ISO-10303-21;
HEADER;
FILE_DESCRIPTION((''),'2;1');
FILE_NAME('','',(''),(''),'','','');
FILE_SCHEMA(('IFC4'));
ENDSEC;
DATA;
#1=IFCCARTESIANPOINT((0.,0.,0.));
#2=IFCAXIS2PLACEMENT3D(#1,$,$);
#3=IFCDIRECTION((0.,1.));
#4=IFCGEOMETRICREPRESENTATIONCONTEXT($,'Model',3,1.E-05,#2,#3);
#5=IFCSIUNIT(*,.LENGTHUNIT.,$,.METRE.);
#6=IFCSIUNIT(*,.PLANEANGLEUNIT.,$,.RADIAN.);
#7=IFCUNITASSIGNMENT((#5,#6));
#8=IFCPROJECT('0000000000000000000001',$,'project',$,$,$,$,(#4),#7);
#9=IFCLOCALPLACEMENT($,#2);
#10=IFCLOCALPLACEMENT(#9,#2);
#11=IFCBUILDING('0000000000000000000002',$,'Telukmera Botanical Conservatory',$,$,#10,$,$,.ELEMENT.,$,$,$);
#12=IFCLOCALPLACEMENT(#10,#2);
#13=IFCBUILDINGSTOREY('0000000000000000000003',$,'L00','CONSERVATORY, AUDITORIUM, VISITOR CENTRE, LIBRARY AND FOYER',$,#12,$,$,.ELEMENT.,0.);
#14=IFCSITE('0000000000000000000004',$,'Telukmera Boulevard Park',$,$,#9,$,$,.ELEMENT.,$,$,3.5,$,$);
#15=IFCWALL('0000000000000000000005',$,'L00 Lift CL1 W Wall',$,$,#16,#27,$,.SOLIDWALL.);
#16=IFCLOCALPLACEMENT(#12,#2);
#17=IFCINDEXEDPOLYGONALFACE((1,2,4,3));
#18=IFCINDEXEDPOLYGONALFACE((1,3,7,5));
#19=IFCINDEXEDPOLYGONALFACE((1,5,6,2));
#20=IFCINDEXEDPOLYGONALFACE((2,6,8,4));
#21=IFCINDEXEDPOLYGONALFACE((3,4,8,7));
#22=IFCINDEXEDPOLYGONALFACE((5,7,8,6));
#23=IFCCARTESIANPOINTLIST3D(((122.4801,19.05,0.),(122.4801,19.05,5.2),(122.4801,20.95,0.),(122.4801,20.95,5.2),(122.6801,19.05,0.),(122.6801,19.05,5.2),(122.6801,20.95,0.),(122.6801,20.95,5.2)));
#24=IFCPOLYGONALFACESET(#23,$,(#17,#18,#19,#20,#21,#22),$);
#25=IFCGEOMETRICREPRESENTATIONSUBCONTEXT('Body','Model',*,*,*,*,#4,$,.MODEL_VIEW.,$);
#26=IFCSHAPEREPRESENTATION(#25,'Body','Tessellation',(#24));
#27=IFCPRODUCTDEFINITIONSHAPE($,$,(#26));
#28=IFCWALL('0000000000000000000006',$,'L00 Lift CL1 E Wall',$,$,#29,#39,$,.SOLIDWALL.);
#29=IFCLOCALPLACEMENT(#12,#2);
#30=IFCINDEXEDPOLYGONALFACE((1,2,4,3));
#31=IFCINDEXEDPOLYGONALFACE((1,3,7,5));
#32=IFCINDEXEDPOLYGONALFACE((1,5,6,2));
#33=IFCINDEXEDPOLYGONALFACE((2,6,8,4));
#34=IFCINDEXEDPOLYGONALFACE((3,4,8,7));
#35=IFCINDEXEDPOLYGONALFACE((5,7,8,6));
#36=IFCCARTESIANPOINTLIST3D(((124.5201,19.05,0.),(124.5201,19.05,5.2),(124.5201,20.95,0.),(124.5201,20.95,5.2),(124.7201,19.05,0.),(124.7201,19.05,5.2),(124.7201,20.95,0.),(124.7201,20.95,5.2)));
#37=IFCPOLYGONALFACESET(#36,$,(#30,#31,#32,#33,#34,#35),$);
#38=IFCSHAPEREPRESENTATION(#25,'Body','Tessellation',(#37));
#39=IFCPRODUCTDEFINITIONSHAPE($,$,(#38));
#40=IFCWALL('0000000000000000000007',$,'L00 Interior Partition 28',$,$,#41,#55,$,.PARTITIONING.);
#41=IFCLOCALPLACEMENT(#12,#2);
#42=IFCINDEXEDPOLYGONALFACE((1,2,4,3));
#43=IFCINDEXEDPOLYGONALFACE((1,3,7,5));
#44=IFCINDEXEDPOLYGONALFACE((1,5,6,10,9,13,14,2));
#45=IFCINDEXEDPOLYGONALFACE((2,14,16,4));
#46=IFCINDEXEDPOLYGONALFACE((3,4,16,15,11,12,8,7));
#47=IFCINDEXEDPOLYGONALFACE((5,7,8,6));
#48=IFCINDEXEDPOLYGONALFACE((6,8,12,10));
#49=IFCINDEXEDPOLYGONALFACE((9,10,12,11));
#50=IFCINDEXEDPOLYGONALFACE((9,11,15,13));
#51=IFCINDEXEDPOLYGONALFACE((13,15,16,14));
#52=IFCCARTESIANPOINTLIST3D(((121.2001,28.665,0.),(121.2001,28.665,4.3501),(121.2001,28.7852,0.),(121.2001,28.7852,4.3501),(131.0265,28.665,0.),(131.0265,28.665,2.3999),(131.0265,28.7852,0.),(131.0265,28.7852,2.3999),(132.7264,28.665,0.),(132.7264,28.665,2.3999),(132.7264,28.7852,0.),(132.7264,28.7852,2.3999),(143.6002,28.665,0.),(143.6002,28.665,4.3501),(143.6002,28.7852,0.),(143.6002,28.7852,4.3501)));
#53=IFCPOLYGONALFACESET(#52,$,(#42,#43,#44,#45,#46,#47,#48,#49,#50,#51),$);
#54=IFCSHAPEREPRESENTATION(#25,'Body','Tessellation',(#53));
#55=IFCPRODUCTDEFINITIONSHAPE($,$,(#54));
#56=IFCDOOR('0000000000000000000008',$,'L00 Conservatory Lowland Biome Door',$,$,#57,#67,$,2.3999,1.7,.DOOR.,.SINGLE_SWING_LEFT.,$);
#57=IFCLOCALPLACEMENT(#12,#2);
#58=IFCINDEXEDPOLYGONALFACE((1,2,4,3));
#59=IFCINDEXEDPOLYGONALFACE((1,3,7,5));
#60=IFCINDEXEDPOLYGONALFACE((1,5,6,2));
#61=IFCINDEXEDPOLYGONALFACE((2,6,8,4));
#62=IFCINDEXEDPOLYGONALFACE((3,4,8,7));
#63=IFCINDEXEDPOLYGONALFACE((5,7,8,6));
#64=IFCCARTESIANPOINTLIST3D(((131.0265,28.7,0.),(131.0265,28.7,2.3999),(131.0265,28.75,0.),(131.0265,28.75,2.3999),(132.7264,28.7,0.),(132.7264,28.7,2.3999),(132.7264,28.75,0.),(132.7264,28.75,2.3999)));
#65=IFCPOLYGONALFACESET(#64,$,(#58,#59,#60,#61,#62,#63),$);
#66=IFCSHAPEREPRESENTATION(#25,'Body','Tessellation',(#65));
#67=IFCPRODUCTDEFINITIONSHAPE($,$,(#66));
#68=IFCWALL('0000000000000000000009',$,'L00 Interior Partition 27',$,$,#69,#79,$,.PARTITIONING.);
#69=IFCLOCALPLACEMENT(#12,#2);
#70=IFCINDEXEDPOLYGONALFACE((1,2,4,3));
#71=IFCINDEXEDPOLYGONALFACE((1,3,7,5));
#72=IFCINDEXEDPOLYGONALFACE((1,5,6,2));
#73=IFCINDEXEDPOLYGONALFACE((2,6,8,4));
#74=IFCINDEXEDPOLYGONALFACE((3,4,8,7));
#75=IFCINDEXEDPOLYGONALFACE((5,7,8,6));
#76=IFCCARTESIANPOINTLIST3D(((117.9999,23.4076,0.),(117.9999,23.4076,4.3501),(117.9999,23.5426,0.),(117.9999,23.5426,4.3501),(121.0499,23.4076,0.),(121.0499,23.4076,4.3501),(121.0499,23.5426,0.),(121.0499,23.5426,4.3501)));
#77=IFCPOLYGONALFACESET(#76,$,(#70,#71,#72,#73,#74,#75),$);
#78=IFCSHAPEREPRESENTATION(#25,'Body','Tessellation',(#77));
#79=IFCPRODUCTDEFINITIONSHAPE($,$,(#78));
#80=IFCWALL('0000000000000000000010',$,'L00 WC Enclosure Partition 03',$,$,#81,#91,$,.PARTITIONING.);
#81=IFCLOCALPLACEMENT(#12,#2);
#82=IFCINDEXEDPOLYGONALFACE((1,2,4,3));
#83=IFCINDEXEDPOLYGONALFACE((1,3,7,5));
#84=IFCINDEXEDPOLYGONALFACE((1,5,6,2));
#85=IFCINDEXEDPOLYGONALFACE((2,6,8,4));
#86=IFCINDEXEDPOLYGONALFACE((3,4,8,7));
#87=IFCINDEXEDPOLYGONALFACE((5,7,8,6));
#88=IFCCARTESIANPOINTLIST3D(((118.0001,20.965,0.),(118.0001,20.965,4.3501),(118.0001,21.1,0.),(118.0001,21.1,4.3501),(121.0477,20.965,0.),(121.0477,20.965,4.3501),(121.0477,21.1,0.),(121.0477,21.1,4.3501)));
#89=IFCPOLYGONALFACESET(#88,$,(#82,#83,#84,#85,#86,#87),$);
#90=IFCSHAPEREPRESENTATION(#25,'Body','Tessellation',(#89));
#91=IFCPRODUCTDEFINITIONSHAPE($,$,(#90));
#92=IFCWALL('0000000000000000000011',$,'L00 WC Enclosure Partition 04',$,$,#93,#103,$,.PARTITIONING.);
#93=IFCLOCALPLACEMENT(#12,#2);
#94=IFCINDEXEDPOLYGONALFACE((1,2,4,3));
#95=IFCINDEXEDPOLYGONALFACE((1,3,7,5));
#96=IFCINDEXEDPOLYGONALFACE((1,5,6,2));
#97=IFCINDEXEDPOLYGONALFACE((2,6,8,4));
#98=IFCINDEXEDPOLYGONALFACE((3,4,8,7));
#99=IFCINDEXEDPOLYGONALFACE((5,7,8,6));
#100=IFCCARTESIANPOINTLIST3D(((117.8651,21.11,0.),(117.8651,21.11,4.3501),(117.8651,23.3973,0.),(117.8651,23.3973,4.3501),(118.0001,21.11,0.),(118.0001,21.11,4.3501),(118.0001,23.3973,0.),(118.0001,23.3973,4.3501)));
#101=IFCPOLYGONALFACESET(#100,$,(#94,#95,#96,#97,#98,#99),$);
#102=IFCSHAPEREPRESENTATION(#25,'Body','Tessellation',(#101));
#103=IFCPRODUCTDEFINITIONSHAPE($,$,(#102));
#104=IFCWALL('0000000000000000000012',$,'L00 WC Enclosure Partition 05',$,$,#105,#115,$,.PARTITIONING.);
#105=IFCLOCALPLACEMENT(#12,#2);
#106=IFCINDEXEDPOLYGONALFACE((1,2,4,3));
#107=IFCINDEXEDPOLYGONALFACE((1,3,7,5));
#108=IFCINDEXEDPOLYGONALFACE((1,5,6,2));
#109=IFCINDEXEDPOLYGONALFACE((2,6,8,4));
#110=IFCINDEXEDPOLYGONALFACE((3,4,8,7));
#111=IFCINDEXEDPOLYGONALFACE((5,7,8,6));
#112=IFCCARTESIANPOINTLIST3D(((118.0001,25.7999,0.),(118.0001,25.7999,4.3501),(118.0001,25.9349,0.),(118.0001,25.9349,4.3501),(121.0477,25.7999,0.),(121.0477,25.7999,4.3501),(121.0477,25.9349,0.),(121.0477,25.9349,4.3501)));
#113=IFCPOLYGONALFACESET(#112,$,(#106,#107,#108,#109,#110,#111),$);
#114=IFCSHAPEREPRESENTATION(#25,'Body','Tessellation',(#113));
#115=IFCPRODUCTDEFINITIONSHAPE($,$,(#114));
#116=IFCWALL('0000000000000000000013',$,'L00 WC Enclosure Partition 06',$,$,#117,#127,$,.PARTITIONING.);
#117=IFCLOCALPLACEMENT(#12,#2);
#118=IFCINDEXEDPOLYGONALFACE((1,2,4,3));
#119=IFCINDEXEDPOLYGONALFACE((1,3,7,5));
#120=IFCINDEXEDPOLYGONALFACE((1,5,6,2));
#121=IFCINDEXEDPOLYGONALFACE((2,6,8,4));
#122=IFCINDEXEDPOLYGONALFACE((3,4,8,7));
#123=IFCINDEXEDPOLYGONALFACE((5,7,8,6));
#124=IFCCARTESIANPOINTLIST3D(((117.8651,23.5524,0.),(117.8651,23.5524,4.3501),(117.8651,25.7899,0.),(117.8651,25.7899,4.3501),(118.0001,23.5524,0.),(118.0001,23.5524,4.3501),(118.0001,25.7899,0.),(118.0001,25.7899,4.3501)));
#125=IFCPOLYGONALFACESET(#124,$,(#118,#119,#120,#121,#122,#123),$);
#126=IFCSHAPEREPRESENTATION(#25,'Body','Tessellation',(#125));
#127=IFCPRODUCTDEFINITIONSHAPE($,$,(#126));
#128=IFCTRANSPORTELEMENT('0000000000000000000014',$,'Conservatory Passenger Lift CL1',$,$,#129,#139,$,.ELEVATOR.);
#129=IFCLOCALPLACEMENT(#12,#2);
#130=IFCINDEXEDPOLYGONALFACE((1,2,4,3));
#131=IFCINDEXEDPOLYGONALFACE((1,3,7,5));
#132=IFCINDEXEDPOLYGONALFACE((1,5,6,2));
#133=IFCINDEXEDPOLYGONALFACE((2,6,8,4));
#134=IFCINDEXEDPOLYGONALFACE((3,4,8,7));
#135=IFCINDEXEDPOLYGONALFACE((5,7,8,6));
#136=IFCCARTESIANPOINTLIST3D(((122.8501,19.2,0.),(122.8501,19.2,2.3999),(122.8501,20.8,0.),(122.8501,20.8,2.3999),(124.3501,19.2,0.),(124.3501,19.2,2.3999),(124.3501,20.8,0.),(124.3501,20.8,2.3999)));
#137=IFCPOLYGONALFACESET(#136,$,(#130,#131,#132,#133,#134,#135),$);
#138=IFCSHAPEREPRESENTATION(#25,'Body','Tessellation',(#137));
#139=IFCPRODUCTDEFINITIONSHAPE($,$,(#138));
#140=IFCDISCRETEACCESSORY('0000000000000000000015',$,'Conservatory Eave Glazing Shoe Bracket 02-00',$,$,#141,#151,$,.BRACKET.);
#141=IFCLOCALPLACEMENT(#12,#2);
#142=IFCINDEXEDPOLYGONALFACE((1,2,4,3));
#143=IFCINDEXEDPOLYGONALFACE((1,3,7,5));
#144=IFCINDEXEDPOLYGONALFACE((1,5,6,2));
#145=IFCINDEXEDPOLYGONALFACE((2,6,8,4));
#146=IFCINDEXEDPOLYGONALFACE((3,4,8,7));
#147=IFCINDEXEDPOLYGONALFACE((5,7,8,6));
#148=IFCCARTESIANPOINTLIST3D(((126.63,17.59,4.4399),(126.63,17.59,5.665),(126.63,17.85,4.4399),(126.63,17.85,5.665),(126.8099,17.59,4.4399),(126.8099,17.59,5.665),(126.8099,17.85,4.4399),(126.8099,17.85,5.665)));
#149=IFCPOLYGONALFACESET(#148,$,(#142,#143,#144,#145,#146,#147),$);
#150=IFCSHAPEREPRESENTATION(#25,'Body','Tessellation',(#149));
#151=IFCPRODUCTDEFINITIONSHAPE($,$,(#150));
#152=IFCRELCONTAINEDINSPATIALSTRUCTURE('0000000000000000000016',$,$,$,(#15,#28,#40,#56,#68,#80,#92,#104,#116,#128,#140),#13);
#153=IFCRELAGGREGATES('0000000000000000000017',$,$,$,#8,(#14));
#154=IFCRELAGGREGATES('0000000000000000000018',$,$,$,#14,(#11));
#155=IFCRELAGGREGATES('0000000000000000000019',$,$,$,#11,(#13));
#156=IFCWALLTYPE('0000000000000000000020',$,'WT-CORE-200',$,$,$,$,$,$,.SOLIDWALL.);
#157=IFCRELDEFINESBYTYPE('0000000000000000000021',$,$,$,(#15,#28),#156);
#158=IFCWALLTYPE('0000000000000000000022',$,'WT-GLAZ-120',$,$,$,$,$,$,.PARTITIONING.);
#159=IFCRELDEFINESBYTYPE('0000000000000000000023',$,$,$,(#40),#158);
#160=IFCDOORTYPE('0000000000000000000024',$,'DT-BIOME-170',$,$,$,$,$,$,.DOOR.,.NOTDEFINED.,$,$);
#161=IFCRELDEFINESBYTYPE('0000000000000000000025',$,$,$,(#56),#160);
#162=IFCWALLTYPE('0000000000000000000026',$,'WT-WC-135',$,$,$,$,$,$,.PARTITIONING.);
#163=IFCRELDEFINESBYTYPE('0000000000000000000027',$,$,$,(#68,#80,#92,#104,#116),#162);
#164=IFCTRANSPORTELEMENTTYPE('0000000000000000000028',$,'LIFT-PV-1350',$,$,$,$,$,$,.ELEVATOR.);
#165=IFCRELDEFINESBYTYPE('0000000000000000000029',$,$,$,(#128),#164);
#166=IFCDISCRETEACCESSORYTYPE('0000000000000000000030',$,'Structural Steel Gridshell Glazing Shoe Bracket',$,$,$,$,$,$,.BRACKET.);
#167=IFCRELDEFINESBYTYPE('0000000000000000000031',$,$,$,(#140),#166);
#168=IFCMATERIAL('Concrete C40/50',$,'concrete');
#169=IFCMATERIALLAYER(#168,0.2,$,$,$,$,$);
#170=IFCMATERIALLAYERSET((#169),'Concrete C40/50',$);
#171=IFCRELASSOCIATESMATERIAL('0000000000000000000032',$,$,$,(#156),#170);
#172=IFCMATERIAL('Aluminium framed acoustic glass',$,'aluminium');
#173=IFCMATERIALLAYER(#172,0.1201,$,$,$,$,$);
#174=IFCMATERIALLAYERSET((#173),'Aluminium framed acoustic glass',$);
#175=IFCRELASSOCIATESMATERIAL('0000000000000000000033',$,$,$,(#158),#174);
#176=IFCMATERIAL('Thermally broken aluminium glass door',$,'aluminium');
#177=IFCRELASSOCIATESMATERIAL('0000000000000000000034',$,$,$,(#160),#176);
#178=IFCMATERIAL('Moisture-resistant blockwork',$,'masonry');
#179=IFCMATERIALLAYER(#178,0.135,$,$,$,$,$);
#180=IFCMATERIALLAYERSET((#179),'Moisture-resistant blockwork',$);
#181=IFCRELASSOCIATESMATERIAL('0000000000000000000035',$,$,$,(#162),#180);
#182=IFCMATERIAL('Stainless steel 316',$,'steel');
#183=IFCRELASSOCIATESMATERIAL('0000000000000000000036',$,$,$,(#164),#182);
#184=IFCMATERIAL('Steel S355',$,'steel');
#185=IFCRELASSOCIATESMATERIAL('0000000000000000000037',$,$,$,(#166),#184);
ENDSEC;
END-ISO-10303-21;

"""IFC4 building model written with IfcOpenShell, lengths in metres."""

from ifc_helpers import new_model, si_unit, direction, frame, frame_2d, origin, origin_2d, place, context, subcontext, project, spatial, rectangle, extrude, material, layer, layer_set, type_object, element, fill, save


model = new_model("IFC4")

# Units and contexts
model_context = context("Model", 3, precision=1e-05, world=origin(), true_north=direction((0.0, 1.0)))
body_context = subcontext(model_context, "Body", "Model", "MODEL_VIEW")
ifc_project = project(units=[si_unit("LENGTHUNIT", "METRE"), si_unit("PLANEANGLEUNIT", "RADIAN")], contexts=[model_context])

# Site, building, storey
site_placement = place(None, origin())
site = spatial("IfcSite", under=ifc_project, at=site_placement, Name="Telukmera Boulevard Park", CompositionType="ELEMENT", RefElevation=3.5)
building_placement = place(site_placement, origin())
building = spatial("IfcBuilding", under=site, at=building_placement, Name="Telukmera Botanical Conservatory", CompositionType="ELEMENT")
storey_placement = place(building_placement, origin())
storey = spatial("IfcBuildingStorey", under=building, at=storey_placement, Name="L00", Description="CONSERVATORY, AUDITORIUM, VISITOR CENTRE, LIBRARY AND FOYER", CompositionType="ELEMENT", Elevation=0.0)

# Shared definitions
ifc_material_1 = material(Name="Steel S355", Category="steel")

# Shared definitions
ifc_material_2 = material(Name="Concrete C40/50", Category="concrete")
ifc_layer_1 = layer(ifc_material_2, 0.2)
ifc_layer_set_1 = layer_set([ifc_layer_1], Name="Concrete C40/50")
wall_type_1 = type_object("IfcWallType", Name="WT-CORE-200", PredefinedType="SOLIDWALL", material=ifc_layer_set_1)

# Walls
for number, where, z_axis, x_axis, name in (
    (1, (122.5801, 19.05, 0.0), (0.0, 0.0, 1.0), (0.0, 1.0, 0.0), "L00 Lift CL1 W Wall"),
    (2, (124.6201, 19.05, 0.0), (0.0, 0.0, 1.0), (0.0, 1.0, 0.0), "L00 Lift CL1 E Wall"),
):
    element("IfcWall", number, at=place(storey_placement, frame(where, z_axis=z_axis, x_axis=x_axis)), inside=storey, type_object=wall_type_1, Name=name, PredefinedType="SOLIDWALL", context=body_context, shape_type="SweptSolid", body=[
        extrude(rectangle(XDim=1.8999, YDim=0.2, at=frame_2d((0.95, 0.0))), origin(), (0.0, 0.0, 1.0), 5.2),
    ])

# Wall, opening, door
ifc_material_3 = material(Name="Aluminium framed acoustic glass", Category="aluminium")
ifc_layer_2 = layer(ifc_material_3, 0.1201)
ifc_layer_set_2 = layer_set([ifc_layer_2], Name="Aluminium framed acoustic glass")
wall_type_2 = type_object("IfcWallType", Name="WT-GLAZ-120", PredefinedType="PARTITIONING", material=ifc_layer_set_2)
wall_1_placement = place(storey_placement, frame((121.2, 28.7251, 0.0), z_axis=(0.0, 0.0, 1.0), x_axis=(1.0, 0.0, 0.0)))
wall_1 = element("IfcWall", 3, at=wall_1_placement, inside=storey, type_object=wall_type_2, Name="L00 Interior Partition 28", PredefinedType="PARTITIONING", context=body_context, shape_type="SweptSolid", body=[
    extrude(rectangle(XDim=22.4001, YDim=0.1201, at=frame_2d((11.2002, 0.0))), origin(), (0.0, 0.0, 1.0), 4.3501),
])
opening_1_placement = place(wall_1_placement, frame((9.8264, 0.0, 0.0)))
opening_1 = element("IfcOpeningElement", 4, at=opening_1_placement, cuts=wall_1, PredefinedType="OPENING", context=body_context, shape_type="SweptSolid", body=[
    extrude(rectangle(XDim=1.7, YDim=2.3999, at=frame_2d((0.8501, 1.2))), frame((0.0, 0.0701, 0.0), z_axis=(0.0, -1.0, 0.0), x_axis=(1.0, 0.0, 0.0)), (0.0, 0.0, 1.0), 0.1401),
])
ifc_material_4 = material(Name="Thermally broken aluminium glass door", Category="aluminium")
door_type_1 = type_object("IfcDoorType", Name="DT-BIOME-170", OperationType="NOTDEFINED", PredefinedType="DOOR", material=ifc_material_4)
door_1_placement = place(opening_1_placement, origin())
door_1 = element("IfcDoor", 5, at=door_1_placement, inside=storey, type_object=door_type_1, Name="L00 Conservatory Lowland Biome Door", OperationType="SINGLE_SWING_LEFT", OverallHeight=2.3999, OverallWidth=1.7, PredefinedType="DOOR", context=body_context, shape_type="SweptSolid", body=[
    extrude(rectangle(XDim=1.7, YDim=2.3999, at=frame_2d((0.8501, 1.2))), frame((0.0, 0.0249, 0.0), z_axis=(0.0, -1.0, 0.0), x_axis=(1.0, 0.0, 0.0)), (0.0, 0.0, 1.0), 0.05),
])
fill(opening_1, door_1)
ifc_material_5 = material(Name="Moisture-resistant blockwork", Category="masonry")
ifc_layer_3 = layer(ifc_material_5, 0.135)
ifc_layer_set_3 = layer_set([ifc_layer_3], Name="Moisture-resistant blockwork")
wall_type_3 = type_object("IfcWallType", Name="WT-WC-135", PredefinedType="PARTITIONING", material=ifc_layer_set_3)

# Walls
wall_2_placement = place(storey_placement, frame((118.0, 23.4751, 0.0), z_axis=(0.0, 0.0, 1.0), x_axis=(1.0, 0.0, 0.0)))
element("IfcWall", 6, at=wall_2_placement, inside=storey, type_object=wall_type_3, Name="L00 Interior Partition 27", PredefinedType="PARTITIONING", context=body_context, shape_type="SweptSolid", body=[
    extrude(rectangle(XDim=3.05, YDim=0.135, at=frame_2d((1.5249, 0.0))), origin(), (0.0, 0.0, 1.0), 4.3501),
])
wall_3_placement = place(storey_placement, frame((118.0, 21.0325, 0.0), z_axis=(0.0, 0.0, 1.0), x_axis=(1.0, 0.0, 0.0)))
element("IfcWall", 7, at=wall_3_placement, inside=storey, type_object=wall_type_3, Name="L00 WC Enclosure Partition 03", PredefinedType="PARTITIONING", context=body_context, shape_type="SweptSolid", body=[
    extrude(rectangle(XDim=3.0476, YDim=0.135, at=frame_2d((1.5239, 0.0))), origin(), (0.0, 0.0, 1.0), 4.3501),
])
wall_4_placement = place(storey_placement, frame((117.9326, 21.1101, 0.0), z_axis=(0.0, 0.0, 1.0), x_axis=(0.0, 1.0, 0.0)))
element("IfcWall", 8, at=wall_4_placement, inside=storey, type_object=wall_type_3, Name="L00 WC Enclosure Partition 04", PredefinedType="PARTITIONING", context=body_context, shape_type="SweptSolid", body=[
    extrude(rectangle(XDim=2.2874, YDim=0.135, at=frame_2d((1.1436, 0.0))), origin(), (0.0, 0.0, 1.0), 4.3501),
])
wall_5_placement = place(storey_placement, frame((118.0, 25.8674, 0.0), z_axis=(0.0, 0.0, 1.0), x_axis=(1.0, 0.0, 0.0)))
element("IfcWall", 9, at=wall_5_placement, inside=storey, type_object=wall_type_3, Name="L00 WC Enclosure Partition 05", PredefinedType="PARTITIONING", context=body_context, shape_type="SweptSolid", body=[
    extrude(rectangle(XDim=3.0476, YDim=0.135, at=frame_2d((1.5239, 0.0))), origin(), (0.0, 0.0, 1.0), 4.3501),
])
wall_6_placement = place(storey_placement, frame((117.9326, 23.5525, 0.0), z_axis=(0.0, 0.0, 1.0), x_axis=(0.0, 1.0, 0.0)))
element("IfcWall", 10, at=wall_6_placement, inside=storey, type_object=wall_type_3, Name="L00 WC Enclosure Partition 06", PredefinedType="PARTITIONING", context=body_context, shape_type="SweptSolid", body=[
    extrude(rectangle(XDim=2.2375, YDim=0.135, at=frame_2d((1.1187, 0.0))), origin(), (0.0, 0.0, 1.0), 4.3501),
])

# Transport element
ifc_material_6 = material(Name="Stainless steel 316", Category="steel")
transport_element_type = type_object("IfcTransportElementType", Name="LIFT-PV-1350", PredefinedType="ELEVATOR", material=ifc_material_6)
transport_element_placement = place(storey_placement, frame((123.6001, 20.0, 0.0), z_axis=(0.0, 0.0, 1.0), x_axis=(1.0, 0.0, 0.0)))
element("IfcTransportElement", 11, at=transport_element_placement, inside=storey, type_object=transport_element_type, Name="Conservatory Passenger Lift CL1", PredefinedType="ELEVATOR", context=body_context, shape_type="SweptSolid", body=[
    extrude(rectangle(XDim=1.5, YDim=1.6001, at=origin_2d()), origin(), (0.0, 0.0, 1.0), 2.3999),
])

# Discrete accessory
discrete_accessory_type = type_object("IfcDiscreteAccessoryType", Name="Structural Steel Gridshell Glazing Shoe Bracket", PredefinedType="BRACKET", material=ifc_material_1)
discrete_accessory_placement = place(storey_placement, frame((126.72, 17.72, 4.4399), z_axis=(0.0, 0.0, 1.0), x_axis=(1.0, 0.0, 0.0)))
element("IfcDiscreteAccessory", 12, at=discrete_accessory_placement, inside=storey, type_object=discrete_accessory_type, Name="Conservatory Eave Glazing Shoe Bracket 02-00", PredefinedType="BRACKET", context=body_context, shape_type="SweptSolid", body=[
    extrude(rectangle(XDim=0.1799, YDim=0.26, at=origin_2d()), origin(), (0.0, 0.0, 1.0), 1.2251),
])

save(model, "model.ifc")
